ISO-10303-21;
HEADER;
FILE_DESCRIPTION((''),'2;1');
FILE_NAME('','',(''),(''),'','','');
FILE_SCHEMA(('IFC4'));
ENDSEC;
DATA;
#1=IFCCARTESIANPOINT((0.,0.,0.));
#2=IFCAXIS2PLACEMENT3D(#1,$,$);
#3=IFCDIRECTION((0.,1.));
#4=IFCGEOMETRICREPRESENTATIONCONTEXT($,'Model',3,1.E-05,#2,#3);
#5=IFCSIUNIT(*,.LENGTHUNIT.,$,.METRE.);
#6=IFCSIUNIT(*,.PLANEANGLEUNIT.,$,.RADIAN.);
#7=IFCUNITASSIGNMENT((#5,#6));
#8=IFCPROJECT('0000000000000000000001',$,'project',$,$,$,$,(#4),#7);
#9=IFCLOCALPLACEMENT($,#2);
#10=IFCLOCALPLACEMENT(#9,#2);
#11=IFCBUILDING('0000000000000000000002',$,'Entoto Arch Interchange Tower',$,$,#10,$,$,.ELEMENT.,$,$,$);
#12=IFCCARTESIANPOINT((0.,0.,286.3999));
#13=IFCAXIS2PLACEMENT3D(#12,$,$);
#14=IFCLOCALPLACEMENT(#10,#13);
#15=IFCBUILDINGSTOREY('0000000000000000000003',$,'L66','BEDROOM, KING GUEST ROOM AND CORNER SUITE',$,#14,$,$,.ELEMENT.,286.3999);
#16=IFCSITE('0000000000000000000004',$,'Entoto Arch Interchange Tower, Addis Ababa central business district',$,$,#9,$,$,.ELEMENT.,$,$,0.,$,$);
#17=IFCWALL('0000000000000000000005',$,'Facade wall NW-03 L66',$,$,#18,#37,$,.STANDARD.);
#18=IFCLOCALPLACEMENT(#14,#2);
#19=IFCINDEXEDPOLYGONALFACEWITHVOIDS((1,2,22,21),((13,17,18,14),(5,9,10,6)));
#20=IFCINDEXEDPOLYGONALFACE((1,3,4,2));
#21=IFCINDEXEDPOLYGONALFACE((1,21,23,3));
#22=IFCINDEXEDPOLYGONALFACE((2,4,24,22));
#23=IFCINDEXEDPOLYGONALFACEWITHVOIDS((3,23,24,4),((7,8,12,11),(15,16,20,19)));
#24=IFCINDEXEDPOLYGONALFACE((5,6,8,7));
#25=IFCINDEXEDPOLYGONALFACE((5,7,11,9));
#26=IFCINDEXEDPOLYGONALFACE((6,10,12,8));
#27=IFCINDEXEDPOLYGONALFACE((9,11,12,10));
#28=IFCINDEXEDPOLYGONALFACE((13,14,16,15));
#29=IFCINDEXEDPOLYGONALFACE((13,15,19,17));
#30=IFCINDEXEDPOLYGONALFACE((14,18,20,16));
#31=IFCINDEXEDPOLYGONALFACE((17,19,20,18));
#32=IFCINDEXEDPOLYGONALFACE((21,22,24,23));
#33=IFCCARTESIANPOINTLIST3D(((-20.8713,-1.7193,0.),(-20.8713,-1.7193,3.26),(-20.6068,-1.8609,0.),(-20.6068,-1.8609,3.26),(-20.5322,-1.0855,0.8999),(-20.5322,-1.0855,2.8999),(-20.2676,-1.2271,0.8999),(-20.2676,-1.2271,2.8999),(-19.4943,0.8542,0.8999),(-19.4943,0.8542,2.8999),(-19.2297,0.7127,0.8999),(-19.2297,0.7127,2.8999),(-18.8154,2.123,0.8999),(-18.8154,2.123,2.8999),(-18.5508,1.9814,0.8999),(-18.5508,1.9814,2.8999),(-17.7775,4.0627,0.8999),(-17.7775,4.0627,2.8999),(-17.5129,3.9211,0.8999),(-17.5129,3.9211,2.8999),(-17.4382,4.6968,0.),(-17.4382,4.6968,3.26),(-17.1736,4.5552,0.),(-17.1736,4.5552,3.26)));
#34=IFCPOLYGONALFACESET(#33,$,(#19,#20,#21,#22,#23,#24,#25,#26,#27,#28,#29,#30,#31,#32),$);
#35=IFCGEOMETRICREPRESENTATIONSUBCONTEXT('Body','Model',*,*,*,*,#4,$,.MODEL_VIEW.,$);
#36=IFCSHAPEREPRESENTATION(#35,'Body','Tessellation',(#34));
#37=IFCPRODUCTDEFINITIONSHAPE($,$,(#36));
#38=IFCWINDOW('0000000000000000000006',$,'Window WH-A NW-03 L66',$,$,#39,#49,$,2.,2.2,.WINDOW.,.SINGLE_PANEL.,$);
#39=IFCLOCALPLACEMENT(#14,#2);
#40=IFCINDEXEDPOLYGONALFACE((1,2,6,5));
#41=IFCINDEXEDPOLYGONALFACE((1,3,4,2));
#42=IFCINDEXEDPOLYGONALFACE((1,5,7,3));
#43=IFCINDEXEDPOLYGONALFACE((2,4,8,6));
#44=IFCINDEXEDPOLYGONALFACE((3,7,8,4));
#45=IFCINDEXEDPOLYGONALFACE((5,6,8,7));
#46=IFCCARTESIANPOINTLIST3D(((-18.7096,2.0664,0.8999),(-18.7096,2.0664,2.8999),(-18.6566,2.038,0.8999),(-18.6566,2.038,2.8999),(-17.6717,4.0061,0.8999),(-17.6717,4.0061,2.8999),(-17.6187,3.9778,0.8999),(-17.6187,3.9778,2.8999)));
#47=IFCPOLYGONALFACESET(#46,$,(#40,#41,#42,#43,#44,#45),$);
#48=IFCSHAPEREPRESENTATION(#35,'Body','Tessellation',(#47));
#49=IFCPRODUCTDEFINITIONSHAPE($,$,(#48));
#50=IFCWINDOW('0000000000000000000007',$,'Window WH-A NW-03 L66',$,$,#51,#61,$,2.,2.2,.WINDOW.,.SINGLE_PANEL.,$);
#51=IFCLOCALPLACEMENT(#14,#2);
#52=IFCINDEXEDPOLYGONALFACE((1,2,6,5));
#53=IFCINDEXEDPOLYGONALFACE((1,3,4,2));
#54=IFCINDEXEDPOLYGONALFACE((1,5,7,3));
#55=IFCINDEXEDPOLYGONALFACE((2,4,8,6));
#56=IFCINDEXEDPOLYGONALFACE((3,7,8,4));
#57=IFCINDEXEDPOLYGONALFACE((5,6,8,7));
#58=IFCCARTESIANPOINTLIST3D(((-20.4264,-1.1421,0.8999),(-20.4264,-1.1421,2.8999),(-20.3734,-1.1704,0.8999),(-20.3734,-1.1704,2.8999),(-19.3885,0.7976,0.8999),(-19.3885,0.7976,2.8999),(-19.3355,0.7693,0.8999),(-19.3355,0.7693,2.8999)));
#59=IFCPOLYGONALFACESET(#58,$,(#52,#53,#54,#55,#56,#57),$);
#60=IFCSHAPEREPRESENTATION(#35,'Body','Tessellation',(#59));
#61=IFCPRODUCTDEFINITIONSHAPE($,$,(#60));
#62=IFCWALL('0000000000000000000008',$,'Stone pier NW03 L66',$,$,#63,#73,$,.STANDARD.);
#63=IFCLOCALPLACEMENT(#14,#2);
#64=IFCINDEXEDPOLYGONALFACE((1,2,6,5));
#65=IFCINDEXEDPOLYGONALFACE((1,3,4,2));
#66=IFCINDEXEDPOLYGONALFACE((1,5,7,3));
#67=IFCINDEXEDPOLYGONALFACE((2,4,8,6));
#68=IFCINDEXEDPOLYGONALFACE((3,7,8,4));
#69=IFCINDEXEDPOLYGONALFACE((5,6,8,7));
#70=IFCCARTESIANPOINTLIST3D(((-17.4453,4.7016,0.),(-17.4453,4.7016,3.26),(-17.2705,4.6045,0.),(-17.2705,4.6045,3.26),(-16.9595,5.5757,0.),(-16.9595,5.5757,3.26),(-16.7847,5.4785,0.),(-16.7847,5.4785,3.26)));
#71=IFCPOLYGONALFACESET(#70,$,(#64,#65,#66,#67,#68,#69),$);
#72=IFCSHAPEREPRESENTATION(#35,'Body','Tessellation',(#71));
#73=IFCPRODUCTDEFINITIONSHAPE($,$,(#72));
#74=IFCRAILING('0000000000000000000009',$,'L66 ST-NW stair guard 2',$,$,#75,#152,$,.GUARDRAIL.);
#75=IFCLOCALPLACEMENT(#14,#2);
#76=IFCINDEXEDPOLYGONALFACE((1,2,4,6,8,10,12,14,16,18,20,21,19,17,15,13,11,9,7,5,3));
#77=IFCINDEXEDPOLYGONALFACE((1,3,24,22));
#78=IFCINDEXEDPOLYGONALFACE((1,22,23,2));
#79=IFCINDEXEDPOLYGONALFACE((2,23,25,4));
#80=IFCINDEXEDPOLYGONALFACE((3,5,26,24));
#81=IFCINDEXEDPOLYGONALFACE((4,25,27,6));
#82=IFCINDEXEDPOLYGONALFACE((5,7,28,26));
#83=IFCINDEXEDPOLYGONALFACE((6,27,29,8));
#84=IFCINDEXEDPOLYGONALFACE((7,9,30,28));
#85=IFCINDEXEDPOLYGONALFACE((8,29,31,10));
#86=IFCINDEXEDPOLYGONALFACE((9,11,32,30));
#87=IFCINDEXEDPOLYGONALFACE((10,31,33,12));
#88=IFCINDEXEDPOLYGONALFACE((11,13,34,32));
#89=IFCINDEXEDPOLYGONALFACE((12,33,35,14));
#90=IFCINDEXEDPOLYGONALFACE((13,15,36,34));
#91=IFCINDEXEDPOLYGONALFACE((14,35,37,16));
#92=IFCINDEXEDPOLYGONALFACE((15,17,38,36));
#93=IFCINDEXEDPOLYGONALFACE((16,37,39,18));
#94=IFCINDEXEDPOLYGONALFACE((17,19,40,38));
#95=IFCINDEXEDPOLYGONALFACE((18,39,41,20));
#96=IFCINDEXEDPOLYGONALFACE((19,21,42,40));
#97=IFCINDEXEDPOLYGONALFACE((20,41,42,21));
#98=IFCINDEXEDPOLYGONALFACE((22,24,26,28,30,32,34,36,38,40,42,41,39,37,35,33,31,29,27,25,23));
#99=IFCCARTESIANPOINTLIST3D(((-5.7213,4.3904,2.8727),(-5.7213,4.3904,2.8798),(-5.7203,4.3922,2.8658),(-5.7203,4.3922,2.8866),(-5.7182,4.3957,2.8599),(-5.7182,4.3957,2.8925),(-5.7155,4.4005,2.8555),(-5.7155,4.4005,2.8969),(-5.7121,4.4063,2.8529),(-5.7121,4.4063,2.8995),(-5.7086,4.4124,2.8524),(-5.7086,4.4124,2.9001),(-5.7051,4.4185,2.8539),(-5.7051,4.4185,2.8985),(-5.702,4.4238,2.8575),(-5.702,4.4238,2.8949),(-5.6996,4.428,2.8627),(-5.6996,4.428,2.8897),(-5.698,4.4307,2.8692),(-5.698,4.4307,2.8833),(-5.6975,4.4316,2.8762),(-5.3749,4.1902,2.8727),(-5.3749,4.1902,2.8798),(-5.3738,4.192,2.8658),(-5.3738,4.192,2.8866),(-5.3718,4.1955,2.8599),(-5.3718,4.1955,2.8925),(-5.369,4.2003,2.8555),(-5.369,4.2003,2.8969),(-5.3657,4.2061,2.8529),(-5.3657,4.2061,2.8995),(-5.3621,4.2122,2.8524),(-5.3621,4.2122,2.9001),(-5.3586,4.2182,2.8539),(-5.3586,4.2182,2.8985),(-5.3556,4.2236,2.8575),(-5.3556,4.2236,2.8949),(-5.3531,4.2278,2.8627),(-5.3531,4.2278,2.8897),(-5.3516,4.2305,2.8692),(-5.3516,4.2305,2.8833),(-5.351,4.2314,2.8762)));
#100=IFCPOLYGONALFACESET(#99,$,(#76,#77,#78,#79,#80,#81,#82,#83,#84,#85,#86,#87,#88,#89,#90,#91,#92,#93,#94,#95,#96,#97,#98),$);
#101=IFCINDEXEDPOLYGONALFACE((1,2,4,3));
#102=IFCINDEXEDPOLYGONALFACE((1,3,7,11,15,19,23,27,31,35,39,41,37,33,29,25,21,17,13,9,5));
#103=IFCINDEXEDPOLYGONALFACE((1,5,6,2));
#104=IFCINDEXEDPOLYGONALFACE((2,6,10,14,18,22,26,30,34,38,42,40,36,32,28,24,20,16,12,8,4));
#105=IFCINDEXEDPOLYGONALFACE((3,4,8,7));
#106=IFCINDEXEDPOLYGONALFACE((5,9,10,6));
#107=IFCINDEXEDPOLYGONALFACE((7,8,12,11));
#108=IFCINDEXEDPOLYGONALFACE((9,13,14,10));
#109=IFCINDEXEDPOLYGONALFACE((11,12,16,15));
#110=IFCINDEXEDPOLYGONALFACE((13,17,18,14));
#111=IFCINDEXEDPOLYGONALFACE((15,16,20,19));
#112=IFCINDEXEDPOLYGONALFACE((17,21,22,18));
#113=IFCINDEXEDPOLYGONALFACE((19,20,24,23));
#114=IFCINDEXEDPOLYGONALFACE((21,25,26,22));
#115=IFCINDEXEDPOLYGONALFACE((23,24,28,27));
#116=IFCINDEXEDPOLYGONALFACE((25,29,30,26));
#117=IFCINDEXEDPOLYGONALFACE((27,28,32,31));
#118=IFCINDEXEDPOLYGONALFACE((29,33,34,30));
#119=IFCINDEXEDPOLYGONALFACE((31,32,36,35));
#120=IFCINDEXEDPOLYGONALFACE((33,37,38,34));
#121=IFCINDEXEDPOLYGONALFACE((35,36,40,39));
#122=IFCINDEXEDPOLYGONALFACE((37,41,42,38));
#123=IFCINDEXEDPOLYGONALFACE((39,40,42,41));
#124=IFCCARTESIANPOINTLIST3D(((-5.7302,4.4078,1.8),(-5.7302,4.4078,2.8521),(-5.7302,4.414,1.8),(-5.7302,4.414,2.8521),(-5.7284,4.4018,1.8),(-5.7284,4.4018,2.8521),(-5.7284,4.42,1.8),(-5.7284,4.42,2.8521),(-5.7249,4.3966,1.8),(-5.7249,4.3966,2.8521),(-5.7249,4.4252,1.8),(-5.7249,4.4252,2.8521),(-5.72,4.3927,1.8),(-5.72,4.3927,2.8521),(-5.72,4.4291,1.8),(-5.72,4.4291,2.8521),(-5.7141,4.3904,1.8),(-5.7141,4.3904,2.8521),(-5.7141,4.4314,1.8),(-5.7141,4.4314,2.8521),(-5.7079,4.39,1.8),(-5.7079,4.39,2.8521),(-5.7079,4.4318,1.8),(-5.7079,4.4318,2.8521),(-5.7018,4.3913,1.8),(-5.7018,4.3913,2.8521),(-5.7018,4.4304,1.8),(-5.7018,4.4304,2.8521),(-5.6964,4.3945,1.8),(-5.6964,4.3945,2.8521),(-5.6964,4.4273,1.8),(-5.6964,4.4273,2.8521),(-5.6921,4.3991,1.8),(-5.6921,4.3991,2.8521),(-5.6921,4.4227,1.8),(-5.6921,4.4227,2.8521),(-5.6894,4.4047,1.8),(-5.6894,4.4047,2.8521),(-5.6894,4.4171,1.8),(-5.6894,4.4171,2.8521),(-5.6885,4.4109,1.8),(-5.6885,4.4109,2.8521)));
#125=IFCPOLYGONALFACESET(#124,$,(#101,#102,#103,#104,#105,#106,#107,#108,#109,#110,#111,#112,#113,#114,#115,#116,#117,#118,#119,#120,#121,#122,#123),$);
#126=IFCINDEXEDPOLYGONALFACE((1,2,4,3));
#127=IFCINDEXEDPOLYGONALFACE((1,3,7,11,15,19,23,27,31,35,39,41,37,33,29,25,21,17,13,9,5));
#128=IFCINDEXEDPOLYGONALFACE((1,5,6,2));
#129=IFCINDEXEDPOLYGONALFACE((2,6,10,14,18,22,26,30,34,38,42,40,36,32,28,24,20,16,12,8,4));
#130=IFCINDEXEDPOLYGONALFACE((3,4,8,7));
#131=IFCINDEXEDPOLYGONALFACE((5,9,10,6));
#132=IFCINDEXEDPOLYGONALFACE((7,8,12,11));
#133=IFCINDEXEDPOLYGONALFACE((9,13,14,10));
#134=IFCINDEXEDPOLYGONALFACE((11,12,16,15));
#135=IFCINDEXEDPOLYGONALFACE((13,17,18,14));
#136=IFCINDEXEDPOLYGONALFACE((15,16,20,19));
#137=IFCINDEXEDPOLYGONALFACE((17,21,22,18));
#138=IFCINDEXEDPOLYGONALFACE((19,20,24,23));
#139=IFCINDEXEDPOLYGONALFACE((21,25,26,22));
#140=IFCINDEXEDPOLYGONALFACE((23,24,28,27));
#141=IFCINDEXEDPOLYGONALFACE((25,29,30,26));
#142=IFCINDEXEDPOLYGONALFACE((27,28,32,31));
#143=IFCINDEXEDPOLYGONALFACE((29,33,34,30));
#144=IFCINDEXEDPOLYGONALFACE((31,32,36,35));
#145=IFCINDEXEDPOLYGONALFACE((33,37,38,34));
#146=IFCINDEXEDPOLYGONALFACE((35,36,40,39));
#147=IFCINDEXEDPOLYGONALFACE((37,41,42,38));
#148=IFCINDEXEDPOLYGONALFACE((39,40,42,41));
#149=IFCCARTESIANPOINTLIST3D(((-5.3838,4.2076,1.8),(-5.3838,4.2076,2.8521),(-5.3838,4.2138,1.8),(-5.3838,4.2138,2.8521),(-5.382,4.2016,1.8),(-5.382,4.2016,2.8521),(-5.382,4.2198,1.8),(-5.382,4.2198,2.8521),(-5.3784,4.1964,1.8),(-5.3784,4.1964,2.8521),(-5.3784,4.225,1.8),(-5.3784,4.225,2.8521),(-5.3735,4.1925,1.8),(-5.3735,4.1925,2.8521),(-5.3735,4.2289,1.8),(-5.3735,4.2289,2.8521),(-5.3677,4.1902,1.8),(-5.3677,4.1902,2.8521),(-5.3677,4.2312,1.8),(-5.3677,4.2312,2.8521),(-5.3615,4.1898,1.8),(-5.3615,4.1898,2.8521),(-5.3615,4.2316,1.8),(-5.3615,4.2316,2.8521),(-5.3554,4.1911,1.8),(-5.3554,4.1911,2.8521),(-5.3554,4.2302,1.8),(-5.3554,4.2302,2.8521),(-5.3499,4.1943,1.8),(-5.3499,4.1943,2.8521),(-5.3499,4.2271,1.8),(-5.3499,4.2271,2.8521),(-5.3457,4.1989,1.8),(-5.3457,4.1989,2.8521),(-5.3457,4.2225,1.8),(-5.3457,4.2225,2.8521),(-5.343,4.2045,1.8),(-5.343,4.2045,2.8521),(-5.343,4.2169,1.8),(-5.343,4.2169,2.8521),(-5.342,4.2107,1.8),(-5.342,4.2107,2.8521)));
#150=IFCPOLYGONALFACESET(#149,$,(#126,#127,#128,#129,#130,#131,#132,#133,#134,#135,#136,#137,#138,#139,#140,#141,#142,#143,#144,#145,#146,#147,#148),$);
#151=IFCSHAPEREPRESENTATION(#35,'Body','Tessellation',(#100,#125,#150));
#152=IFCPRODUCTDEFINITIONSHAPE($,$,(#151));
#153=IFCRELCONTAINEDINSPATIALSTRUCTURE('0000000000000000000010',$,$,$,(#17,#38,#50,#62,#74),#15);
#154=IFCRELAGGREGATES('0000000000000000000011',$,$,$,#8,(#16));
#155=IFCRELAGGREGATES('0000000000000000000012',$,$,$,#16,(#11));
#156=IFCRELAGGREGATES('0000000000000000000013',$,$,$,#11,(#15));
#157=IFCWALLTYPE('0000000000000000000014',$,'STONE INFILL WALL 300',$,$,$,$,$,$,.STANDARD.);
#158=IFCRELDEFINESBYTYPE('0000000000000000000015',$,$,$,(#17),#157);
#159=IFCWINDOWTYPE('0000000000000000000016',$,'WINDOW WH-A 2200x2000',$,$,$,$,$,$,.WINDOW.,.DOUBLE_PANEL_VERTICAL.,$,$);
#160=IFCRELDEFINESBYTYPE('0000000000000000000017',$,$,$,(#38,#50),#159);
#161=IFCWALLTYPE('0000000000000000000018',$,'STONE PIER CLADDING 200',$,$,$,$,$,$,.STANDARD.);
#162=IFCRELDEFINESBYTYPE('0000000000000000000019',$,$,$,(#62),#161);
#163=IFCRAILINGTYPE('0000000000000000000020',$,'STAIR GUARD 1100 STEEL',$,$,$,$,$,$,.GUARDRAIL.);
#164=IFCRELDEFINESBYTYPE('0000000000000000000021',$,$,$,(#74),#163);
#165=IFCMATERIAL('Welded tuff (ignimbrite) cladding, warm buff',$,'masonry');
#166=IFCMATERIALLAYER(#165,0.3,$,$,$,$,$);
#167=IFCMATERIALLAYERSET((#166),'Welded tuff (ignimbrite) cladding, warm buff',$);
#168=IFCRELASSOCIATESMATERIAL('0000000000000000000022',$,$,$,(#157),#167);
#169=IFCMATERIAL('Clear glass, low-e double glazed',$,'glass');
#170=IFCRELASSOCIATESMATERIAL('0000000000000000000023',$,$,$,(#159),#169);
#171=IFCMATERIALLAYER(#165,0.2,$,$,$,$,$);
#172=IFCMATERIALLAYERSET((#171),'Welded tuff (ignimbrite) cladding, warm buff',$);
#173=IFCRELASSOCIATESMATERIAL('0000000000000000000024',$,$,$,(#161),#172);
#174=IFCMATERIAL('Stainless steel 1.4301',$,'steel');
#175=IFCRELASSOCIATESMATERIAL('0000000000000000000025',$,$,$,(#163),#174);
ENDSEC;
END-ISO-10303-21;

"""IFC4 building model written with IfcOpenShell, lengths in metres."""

from ifc_helpers import new_model, si_unit, direction, frame, frame_2d, origin, origin_2d, place, context, subcontext, project, spatial, rectangle, circle, extrude, material, layer, layer_set, type_object, element, fill, save


model = new_model("IFC4")

# Units and contexts
model_context = context("Model", 3, precision=1e-05, world=origin(), true_north=direction((0.0, 1.0)))
body_context = subcontext(model_context, "Body", "Model", "MODEL_VIEW")
ifc_project = project(units=[si_unit("LENGTHUNIT", "METRE"), si_unit("PLANEANGLEUNIT", "RADIAN")], contexts=[model_context])

# Site, building, storey
site_placement = place(None, origin())
site = spatial("IfcSite", under=ifc_project, at=site_placement, Name="Entoto Arch Interchange Tower, Addis Ababa central business district", CompositionType="ELEMENT", RefElevation=0.0)
building_placement = place(site_placement, origin())
building = spatial("IfcBuilding", under=site, at=building_placement, Name="Entoto Arch Interchange Tower", CompositionType="ELEMENT")
storey_placement = place(building_placement, frame((0.0, 0.0, 286.3999)))
storey = spatial("IfcBuildingStorey", under=building, at=storey_placement, Name="L66", Description="BEDROOM, KING GUEST ROOM AND CORNER SUITE", CompositionType="ELEMENT", Elevation=286.3999)

# Wall, openings, windows
ifc_material_1 = material(Name="Welded tuff (ignimbrite) cladding, warm buff", Category="masonry")
ifc_layer_1 = layer(ifc_material_1, 0.3)
ifc_layer_set_1 = layer_set([ifc_layer_1], Name="Welded tuff (ignimbrite) cladding, warm buff")
wall_type_1 = type_object("IfcWallType", Name="STONE INFILL WALL 300", PredefinedType="STANDARD", material=ifc_layer_set_1)
wall_1_placement = place(storey_placement, frame((-17.3059, 4.626, 0.0), z_axis=(0.0, 0.0, 1.0), x_axis=(-0.471789, -0.881711, 0.0)))
wall_1 = element("IfcWall", 1, at=wall_1_placement, inside=storey, type_object=wall_type_1, Name="Facade wall NW-03 L66", PredefinedType="STANDARD", context=body_context, shape_type="SweptSolid", body=[
    extrude(rectangle(XDim=7.2769, YDim=0.3, at=frame_2d((3.6384, 0.0))), origin(), (0.0, 0.0, 1.0), 3.26),
])
opening_1_placement = place(wall_1_placement, frame((0.719, 0.0, 0.8999)))
opening_1 = element("IfcOpeningElement", 2, at=opening_1_placement, cuts=wall_1, PredefinedType="OPENING", context=body_context, shape_type="SweptSolid", body=[
    extrude(rectangle(XDim=2.2, YDim=2.0, at=frame_2d((1.1001, 1.0))), frame((0.0, 0.1602, 0.0), z_axis=(0.0, -1.0, 0.0), x_axis=(1.0, 0.0, 0.0)), (0.0, 0.0, 1.0), 0.3201),
])
opening_2_placement = place(wall_1_placement, frame((4.3579, 0.0, 0.8999)))
opening_2 = element("IfcOpeningElement", 3, at=opening_2_placement, cuts=wall_1, PredefinedType="OPENING", context=body_context, shape_type="SweptSolid", body=[
    extrude(rectangle(XDim=2.2, YDim=2.0, at=frame_2d((1.1001, 1.0))), frame((0.0, 0.1602, 0.0), z_axis=(0.0, -1.0, 0.0), x_axis=(1.0, 0.0, 0.0)), (0.0, 0.0, 1.0), 0.3201),
])
ifc_material_2 = material(Name="Clear glass, low-e double glazed", Category="glass")
window_type = type_object("IfcWindowType", Name="WINDOW WH-A 2200x2000", PartitioningType="DOUBLE_PANEL_VERTICAL", PredefinedType="WINDOW", material=ifc_material_2)
window_1_placement = place(opening_1_placement, origin())
window_1 = element("IfcWindow", 4, at=window_1_placement, inside=storey, type_object=window_type, Name="Window WH-A NW-03 L66", OverallHeight=2.0, OverallWidth=2.2, PartitioningType="SINGLE_PANEL", PredefinedType="WINDOW", context=body_context, shape_type="SweptSolid", body=[
    extrude(rectangle(XDim=2.2, YDim=2.0, at=frame_2d((1.1001, 1.0))), frame((0.0, 0.03, 0.0), z_axis=(0.0, -1.0, 0.0), x_axis=(1.0, 0.0, 0.0)), (0.0, 0.0, 1.0), 0.0601),
])
fill(opening_1, window_1)
window_2_placement = place(opening_2_placement, origin())
window_2 = element("IfcWindow", 5, at=window_2_placement, inside=storey, type_object=window_type, Name="Window WH-A NW-03 L66", OverallHeight=2.0, OverallWidth=2.2, PartitioningType="SINGLE_PANEL", PredefinedType="WINDOW", context=body_context, shape_type="SweptSolid", body=[
    extrude(rectangle(XDim=2.2, YDim=2.0, at=frame_2d((1.1001, 1.0))), frame((0.0, 0.03, 0.0), z_axis=(0.0, -1.0, 0.0), x_axis=(1.0, 0.0, 0.0)), (0.0, 0.0, 1.0), 0.0601),
])
fill(opening_2, window_2)

# Wall
ifc_layer_2 = layer(ifc_material_1, 0.2)
ifc_layer_set_2 = layer_set([ifc_layer_2], Name="Welded tuff (ignimbrite) cladding, warm buff")
wall_type_2 = type_object("IfcWallType", Name="STONE PIER CLADDING 200", PredefinedType="STANDARD", material=ifc_layer_set_2)
wall_2_placement = place(storey_placement, frame((-16.8721, 5.5271, 0.0), z_axis=(0.0, 0.0, 1.0), x_axis=(-0.48585, -0.874042, 0.0)))
element("IfcWall", 6, at=wall_2_placement, inside=storey, type_object=wall_type_2, Name="Stone pier NW03 L66", PredefinedType="STANDARD", context=body_context, shape_type="SweptSolid", body=[
    extrude(rectangle(XDim=1.0, YDim=0.2, at=frame_2d((0.5, 0.0))), origin(), (0.0, 0.0, 1.0), 3.26),
])

# Railing
ifc_material_3 = material(Name="Stainless steel 1.4301", Category="steel")
railing_type = type_object("IfcRailingType", Name="STAIR GUARD 1100 STEEL", PredefinedType="GUARDRAIL", material=ifc_material_3)
railing_1_placement = place(storey_placement, frame((-5.7095, 4.4109, 1.8)))
element("IfcRailing", 7, at=railing_1_placement, inside=storey, type_object=railing_type, Name="L66 ST-NW stair guard 2", PredefinedType="GUARDRAIL", context=body_context, shape_type="SweptSolid", body=[
    extrude(circle(Radius=0.0239, at=origin_2d()), frame((0.0, 0.0, 1.0762), z_axis=(0.86583, -0.500339, 0.0), x_axis=(0.500339, 0.86583, 0.0)), (0.0, 0.0, 1.0), 0.4001),
    extrude(circle(Radius=0.021, at=origin_2d()), origin(), (0.0, 0.0, 1.0), 1.052),
    extrude(circle(Radius=0.021, at=origin_2d()), frame((0.3464, -0.2002, 0.0)), (0.0, 0.0, 1.0), 1.052),
])

save(model, "model.ifc")
